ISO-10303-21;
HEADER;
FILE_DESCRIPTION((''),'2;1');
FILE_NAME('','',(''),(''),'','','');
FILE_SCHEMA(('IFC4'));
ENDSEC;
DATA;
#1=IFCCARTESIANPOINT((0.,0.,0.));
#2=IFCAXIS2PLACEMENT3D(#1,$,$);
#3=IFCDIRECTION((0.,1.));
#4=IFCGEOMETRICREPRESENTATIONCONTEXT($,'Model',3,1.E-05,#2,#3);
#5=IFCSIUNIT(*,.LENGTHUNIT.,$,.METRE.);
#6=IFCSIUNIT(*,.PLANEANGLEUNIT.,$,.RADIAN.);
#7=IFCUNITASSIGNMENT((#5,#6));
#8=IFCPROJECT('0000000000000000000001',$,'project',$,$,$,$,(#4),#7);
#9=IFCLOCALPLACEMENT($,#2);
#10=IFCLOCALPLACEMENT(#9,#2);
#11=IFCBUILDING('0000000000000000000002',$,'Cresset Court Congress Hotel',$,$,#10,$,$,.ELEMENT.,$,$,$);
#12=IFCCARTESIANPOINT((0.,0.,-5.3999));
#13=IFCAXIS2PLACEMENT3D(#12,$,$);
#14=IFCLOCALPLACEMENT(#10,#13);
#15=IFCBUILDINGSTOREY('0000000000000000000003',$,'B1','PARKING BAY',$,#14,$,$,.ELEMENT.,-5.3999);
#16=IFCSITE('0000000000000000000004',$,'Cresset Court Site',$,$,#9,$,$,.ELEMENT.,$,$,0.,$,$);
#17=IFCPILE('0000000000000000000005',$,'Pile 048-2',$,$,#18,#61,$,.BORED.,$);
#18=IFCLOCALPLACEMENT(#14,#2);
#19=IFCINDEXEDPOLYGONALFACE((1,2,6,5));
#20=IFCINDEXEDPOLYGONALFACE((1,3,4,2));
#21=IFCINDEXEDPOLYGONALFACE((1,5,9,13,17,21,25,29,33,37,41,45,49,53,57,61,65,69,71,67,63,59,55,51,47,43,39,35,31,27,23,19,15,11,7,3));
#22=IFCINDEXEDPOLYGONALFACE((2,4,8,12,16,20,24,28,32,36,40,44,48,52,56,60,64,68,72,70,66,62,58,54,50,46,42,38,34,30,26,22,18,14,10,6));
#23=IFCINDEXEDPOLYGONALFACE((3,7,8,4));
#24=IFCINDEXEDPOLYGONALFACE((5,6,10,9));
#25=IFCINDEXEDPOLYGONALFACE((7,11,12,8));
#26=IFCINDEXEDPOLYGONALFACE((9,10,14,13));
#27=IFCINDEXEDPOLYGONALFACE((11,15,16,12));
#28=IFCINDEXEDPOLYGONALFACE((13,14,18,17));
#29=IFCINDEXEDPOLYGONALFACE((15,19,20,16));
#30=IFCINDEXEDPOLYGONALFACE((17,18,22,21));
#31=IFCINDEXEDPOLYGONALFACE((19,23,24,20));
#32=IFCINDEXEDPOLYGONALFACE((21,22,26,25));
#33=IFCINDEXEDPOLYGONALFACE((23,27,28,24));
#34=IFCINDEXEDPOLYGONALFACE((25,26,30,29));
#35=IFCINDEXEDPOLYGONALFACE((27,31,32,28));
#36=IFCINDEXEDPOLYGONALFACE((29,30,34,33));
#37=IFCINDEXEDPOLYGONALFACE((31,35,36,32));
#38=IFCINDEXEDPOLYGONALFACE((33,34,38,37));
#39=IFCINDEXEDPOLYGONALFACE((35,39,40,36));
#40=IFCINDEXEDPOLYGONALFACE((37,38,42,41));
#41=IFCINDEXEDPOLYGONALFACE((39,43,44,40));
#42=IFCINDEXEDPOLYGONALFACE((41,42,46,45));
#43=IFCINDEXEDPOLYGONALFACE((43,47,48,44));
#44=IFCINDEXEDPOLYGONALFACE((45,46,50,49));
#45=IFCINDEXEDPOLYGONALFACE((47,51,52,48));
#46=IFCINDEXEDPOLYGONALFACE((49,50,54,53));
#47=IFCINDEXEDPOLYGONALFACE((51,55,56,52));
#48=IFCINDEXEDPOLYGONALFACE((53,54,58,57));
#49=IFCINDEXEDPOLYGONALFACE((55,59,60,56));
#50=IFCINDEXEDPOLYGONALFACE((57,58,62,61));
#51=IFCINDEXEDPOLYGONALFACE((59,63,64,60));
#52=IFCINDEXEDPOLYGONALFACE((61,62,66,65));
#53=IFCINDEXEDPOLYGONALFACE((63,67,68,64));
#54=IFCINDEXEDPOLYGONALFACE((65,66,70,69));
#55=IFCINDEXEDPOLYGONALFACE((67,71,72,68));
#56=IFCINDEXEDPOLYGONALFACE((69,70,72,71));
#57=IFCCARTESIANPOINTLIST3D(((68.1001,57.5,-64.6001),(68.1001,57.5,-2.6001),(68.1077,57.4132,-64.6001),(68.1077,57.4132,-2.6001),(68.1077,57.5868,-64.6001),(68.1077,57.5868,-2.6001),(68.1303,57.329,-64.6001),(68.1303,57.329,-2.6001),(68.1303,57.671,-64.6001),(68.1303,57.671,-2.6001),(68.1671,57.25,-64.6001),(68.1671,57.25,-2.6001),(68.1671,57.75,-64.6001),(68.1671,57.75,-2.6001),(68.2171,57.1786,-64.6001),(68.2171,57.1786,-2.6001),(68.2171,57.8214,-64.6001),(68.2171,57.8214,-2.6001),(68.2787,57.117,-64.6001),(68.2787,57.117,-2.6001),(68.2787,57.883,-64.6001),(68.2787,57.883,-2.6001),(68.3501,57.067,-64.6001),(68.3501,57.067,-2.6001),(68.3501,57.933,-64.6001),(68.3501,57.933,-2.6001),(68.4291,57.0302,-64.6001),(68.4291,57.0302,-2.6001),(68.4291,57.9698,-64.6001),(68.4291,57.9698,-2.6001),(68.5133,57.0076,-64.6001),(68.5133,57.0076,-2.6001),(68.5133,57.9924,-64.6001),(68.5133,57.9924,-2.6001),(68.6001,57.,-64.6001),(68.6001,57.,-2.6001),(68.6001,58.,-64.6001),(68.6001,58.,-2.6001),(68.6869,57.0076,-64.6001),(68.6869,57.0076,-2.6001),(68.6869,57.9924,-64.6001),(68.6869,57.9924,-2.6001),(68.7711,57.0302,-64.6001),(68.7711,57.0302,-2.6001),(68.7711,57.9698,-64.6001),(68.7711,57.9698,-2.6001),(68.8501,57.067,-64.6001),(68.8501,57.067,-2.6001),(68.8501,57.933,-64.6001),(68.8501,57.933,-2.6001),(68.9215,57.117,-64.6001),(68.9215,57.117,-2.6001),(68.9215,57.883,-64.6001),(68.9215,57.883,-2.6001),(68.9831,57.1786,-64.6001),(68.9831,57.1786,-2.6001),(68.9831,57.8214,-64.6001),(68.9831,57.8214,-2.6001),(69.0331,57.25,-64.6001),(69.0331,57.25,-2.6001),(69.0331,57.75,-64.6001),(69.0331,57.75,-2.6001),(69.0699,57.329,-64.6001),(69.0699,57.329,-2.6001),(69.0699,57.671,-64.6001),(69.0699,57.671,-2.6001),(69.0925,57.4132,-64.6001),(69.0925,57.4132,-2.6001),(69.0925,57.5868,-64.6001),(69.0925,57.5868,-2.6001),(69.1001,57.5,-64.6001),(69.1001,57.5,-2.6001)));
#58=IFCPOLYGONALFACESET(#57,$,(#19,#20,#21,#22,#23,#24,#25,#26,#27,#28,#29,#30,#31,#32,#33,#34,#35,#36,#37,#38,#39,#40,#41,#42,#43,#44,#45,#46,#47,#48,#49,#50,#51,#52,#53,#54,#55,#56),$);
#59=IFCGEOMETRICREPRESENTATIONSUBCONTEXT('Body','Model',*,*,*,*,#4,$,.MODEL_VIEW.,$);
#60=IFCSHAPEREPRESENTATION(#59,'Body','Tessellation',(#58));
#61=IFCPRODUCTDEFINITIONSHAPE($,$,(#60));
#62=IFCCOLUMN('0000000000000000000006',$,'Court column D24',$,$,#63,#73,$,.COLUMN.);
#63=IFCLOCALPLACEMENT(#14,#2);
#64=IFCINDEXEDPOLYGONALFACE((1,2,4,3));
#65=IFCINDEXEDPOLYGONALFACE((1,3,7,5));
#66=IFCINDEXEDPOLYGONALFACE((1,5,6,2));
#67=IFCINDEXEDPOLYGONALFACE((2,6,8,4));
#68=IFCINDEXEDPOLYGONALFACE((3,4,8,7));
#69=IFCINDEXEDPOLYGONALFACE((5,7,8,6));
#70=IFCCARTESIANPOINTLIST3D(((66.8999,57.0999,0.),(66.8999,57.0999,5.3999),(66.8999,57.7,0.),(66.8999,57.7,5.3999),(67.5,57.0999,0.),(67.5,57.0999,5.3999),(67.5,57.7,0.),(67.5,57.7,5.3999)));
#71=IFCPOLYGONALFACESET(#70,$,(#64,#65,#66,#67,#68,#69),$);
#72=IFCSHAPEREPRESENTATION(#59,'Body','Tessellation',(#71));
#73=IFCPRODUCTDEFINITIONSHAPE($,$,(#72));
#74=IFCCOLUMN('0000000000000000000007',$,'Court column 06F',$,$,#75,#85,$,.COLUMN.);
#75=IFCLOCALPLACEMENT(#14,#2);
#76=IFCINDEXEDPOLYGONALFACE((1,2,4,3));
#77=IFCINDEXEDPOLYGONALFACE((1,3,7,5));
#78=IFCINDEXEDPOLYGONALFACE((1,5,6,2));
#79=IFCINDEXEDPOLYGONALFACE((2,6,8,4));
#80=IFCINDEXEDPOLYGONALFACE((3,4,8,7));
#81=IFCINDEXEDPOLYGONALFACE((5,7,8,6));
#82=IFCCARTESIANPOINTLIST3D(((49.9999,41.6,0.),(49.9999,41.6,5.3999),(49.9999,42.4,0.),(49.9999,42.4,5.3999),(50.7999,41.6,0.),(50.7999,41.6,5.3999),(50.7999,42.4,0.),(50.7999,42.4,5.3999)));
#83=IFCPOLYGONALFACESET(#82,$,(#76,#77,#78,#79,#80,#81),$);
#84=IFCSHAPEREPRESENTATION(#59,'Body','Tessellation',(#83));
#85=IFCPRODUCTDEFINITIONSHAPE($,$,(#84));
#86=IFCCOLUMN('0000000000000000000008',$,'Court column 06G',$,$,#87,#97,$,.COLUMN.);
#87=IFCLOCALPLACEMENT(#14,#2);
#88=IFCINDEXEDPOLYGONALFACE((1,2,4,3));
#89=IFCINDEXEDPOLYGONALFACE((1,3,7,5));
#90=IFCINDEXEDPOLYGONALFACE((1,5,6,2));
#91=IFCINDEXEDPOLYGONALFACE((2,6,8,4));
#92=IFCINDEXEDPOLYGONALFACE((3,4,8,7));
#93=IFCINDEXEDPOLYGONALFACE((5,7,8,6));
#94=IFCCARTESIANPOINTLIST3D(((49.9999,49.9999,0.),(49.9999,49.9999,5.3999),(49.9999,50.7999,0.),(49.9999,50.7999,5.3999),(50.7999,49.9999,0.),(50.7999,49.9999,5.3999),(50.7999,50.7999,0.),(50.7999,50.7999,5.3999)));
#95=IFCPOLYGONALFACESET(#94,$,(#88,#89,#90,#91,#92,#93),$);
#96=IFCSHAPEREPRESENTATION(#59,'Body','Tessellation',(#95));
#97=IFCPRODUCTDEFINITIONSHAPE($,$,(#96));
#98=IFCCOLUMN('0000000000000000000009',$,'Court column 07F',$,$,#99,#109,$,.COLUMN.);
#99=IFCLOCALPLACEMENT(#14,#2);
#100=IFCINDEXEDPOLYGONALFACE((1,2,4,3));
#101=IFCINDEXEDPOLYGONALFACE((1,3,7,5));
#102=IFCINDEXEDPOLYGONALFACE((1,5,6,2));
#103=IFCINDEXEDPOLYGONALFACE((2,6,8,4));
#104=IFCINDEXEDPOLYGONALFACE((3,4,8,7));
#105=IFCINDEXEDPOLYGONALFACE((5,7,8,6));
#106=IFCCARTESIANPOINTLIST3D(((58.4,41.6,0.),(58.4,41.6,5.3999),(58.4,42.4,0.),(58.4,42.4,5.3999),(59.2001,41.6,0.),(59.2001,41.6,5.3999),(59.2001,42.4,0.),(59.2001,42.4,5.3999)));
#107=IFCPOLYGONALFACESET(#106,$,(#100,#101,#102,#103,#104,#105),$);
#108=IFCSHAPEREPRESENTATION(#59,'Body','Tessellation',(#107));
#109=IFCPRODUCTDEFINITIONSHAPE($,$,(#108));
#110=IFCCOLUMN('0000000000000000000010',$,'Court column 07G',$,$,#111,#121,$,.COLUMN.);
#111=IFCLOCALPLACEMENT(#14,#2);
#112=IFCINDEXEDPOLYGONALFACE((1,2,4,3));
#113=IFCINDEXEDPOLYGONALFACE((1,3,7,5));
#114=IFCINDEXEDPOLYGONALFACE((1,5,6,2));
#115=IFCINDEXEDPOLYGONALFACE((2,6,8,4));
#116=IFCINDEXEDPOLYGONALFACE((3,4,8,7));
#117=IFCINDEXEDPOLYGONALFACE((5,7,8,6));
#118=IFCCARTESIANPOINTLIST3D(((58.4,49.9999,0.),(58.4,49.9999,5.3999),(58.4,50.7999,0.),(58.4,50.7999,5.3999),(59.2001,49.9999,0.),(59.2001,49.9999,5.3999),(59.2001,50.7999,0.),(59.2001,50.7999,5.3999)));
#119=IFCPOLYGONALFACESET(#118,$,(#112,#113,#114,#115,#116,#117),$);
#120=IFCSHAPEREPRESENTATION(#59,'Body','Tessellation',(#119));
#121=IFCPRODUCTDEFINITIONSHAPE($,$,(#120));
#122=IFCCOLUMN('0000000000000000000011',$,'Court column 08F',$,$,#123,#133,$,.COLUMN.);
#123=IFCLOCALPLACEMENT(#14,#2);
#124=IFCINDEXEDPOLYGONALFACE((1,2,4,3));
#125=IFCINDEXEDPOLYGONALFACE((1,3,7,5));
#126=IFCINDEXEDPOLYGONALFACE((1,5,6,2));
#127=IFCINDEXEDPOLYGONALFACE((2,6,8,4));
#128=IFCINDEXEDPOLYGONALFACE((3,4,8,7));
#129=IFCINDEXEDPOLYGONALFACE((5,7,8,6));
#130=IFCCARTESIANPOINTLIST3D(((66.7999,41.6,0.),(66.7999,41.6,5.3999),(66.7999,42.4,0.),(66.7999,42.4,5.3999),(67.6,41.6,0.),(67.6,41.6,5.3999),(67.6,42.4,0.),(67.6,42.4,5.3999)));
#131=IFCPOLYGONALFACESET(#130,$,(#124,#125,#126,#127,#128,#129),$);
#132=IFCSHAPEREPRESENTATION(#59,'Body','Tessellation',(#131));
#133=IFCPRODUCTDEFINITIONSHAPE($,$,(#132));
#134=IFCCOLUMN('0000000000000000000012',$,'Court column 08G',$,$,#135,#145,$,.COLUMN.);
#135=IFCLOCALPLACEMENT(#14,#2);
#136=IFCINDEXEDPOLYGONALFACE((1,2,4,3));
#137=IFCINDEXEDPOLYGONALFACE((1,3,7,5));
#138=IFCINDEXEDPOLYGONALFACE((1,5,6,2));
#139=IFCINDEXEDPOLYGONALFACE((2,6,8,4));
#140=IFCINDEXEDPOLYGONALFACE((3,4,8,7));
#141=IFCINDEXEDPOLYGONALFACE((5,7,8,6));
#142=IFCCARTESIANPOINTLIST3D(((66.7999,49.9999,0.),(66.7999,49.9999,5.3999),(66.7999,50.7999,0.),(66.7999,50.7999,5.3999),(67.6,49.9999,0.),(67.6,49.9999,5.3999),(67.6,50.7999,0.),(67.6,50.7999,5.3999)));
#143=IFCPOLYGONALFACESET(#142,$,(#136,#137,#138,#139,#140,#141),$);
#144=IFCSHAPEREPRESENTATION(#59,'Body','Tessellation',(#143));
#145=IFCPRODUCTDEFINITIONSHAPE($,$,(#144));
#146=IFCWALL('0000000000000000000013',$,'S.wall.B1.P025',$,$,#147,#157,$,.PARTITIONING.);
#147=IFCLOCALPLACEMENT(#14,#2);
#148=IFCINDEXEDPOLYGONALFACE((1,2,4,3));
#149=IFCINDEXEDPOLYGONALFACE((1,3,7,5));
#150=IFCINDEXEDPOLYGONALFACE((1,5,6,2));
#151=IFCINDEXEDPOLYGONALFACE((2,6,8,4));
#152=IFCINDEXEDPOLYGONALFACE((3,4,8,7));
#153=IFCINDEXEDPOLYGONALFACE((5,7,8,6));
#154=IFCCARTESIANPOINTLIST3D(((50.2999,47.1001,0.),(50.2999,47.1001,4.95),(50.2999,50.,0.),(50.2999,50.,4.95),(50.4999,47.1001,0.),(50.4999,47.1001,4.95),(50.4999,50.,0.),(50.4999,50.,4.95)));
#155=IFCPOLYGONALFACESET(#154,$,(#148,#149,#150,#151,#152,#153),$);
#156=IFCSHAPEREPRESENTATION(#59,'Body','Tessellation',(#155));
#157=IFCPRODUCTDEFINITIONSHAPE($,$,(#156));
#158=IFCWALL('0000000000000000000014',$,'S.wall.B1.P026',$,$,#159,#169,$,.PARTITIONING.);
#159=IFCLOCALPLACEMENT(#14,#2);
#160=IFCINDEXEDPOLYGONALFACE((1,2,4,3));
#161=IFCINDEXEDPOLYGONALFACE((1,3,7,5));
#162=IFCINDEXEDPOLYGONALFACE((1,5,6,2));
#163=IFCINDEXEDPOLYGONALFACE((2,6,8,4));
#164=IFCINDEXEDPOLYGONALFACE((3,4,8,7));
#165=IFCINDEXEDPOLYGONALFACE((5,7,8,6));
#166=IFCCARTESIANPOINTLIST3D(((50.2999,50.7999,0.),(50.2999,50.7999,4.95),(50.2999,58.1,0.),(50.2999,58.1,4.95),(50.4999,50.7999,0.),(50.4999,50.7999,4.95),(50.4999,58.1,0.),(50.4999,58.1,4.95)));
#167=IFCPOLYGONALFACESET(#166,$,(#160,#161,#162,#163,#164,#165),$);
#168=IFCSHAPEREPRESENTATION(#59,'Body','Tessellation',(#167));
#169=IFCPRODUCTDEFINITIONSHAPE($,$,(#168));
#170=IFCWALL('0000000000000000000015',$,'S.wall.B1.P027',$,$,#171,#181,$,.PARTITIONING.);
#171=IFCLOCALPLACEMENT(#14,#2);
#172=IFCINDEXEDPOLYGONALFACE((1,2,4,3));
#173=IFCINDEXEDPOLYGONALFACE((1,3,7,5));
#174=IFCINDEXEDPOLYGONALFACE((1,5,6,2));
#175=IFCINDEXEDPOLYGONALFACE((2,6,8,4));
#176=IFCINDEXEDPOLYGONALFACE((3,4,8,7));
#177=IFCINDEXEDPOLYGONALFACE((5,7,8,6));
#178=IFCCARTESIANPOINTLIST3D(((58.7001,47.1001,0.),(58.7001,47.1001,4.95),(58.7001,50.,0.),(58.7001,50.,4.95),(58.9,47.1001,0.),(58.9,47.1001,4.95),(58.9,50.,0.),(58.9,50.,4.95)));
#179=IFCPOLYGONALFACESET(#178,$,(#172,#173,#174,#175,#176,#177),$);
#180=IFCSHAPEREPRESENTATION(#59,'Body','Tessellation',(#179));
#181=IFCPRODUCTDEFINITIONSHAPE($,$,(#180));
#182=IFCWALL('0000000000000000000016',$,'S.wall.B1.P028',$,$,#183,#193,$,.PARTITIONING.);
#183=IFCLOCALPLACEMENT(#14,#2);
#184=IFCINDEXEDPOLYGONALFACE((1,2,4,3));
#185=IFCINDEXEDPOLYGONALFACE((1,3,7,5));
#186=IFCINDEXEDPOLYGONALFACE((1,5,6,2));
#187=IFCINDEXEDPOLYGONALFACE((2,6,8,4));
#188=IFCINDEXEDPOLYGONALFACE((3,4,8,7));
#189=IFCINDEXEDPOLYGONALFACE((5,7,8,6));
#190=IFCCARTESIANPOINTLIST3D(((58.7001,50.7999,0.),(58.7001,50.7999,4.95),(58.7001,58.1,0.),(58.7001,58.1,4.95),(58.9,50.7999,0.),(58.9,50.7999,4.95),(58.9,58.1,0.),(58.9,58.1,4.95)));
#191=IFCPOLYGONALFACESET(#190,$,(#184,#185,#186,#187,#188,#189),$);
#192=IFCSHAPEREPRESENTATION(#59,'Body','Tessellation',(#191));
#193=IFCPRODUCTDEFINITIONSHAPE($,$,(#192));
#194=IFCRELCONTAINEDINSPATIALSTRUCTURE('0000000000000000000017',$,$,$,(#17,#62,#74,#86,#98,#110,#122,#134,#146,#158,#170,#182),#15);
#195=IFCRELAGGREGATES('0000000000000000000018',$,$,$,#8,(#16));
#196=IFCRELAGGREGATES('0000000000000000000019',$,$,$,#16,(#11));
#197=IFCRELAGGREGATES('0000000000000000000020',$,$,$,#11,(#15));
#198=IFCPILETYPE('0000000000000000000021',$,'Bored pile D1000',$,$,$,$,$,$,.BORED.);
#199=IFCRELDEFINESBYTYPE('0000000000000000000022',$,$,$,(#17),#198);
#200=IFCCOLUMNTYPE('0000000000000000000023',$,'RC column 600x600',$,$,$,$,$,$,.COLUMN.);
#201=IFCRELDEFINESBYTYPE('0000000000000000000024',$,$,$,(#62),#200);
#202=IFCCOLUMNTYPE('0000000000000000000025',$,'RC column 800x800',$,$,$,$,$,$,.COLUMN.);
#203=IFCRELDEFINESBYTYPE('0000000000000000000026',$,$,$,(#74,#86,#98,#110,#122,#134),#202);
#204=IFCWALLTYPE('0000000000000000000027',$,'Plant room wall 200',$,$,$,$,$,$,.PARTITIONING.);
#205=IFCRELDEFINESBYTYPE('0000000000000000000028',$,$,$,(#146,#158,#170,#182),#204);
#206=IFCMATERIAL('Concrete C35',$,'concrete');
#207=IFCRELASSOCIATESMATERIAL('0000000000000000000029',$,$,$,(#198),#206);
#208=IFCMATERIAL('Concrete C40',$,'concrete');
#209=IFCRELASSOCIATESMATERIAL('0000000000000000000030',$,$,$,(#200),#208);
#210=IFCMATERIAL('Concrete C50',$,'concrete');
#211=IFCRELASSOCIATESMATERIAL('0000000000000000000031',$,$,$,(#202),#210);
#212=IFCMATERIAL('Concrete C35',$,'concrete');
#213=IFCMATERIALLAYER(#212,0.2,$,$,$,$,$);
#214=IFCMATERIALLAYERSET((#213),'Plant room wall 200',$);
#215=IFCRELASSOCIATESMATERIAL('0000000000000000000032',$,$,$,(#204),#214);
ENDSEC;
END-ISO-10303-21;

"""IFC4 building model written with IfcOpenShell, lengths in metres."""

from ifc_helpers import new_model, si_unit, direction, frame, frame_2d, origin, origin_2d, place, context, subcontext, project, spatial, rectangle, circle, extrude, material, layer, layer_set, material_profile, profile_set, type_object, element, save


model = new_model("IFC4")

# Units and contexts
model_context = context("Model", 3, precision=1e-05, world=origin(), true_north=direction((0.0, 1.0)))
body_context = subcontext(model_context, "Body", "Model", "MODEL_VIEW")
ifc_project = project(units=[si_unit("LENGTHUNIT", "METRE"), si_unit("PLANEANGLEUNIT", "RADIAN")], contexts=[model_context])

# Site, building, storey
site_placement = place(None, origin())
site = spatial("IfcSite", under=ifc_project, at=site_placement, Name="Cresset Court Site", CompositionType="ELEMENT", RefElevation=0.0)
building_placement = place(site_placement, origin())
building = spatial("IfcBuilding", under=site, at=building_placement, Name="Cresset Court Congress Hotel", CompositionType="ELEMENT")
storey_placement = place(building_placement, frame((0.0, 0.0, -5.3999)))
storey = spatial("IfcBuildingStorey", under=building, at=storey_placement, Name="B1", Description="PARKING BAY", CompositionType="ELEMENT", Elevation=-5.3999)

# Pile
ifc_material_1 = material(Name="Concrete C35", Category="concrete")
pile_type = type_object("IfcPileType", Name="Bored pile D1000", PredefinedType="BORED", material=ifc_material_1)
for number, where, z_axis, x_axis, name in (
    (1, (68.6001, 57.5, -2.6001), (0.0, 0.0, -1.0), (1.0, 0.0, 0.0), "Pile 048-2"),
):
    element("IfcPile", number, at=place(storey_placement, frame(where, z_axis=z_axis, x_axis=x_axis)), inside=storey, type_object=pile_type, Name=name, PredefinedType="BORED", context=body_context, shape_type="SweptSolid", body=[
        extrude(circle(Radius=0.5, at=origin_2d()), origin(), (0.0, 0.0, 1.0), 62.0),
    ])

# Columns
ifc_material_2 = material(Name="Concrete C40", Category="concrete")
ifc_material_profile_1 = material_profile(ifc_material_2, rectangle(XDim=0.6001, YDim=0.6001, at=origin_2d()), Name="RC600x600")
ifc_profile_set_1 = profile_set([ifc_material_profile_1], Name="Concrete C40")
column_type_1 = type_object("IfcColumnType", Name="RC column 600x600", PredefinedType="COLUMN", material=ifc_profile_set_1)
column_placement = place(storey_placement, frame((67.2, 57.3999, 0.0), z_axis=(0.0, 0.0, 1.0), x_axis=(1.0, 0.0, 0.0)))
element("IfcColumn", 2, at=column_placement, inside=storey, type_object=column_type_1, Name="Court column D24", PredefinedType="COLUMN", context=body_context, shape_type="SweptSolid", body=[
    extrude(rectangle(XDim=0.6001, YDim=0.6001, at=origin_2d()), origin(), (0.0, 0.0, 1.0), 5.3999),
])
ifc_material_3 = material(Name="Concrete C50", Category="concrete")
ifc_material_profile_2 = material_profile(ifc_material_3, rectangle(XDim=0.8, YDim=0.8, at=origin_2d()), Name="RC800x800")
ifc_profile_set_2 = profile_set([ifc_material_profile_2], Name="Concrete C50")
column_type_2 = type_object("IfcColumnType", Name="RC column 800x800", PredefinedType="COLUMN", material=ifc_profile_set_2)
for number, where, z_axis, x_axis, name in (
    (3, (50.3999, 42.0, 0.0), (0.0, 0.0, 1.0), (1.0, 0.0, 0.0), "Court column 06F"),
    (4, (50.3999, 50.3999, 0.0), (0.0, 0.0, 1.0), (1.0, 0.0, 0.0), "Court column 06G"),
    (5, (58.8, 42.0, 0.0), (0.0, 0.0, 1.0), (1.0, 0.0, 0.0), "Court column 07F"),
    (6, (58.8, 50.3999, 0.0), (0.0, 0.0, 1.0), (1.0, 0.0, 0.0), "Court column 07G"),
    (7, (67.2, 42.0, 0.0), (0.0, 0.0, 1.0), (1.0, 0.0, 0.0), "Court column 08F"),
    (8, (67.2, 50.3999, 0.0), (0.0, 0.0, 1.0), (1.0, 0.0, 0.0), "Court column 08G"),
):
    element("IfcColumn", number, at=place(storey_placement, frame(where, z_axis=z_axis, x_axis=x_axis)), inside=storey, type_object=column_type_2, Name=name, PredefinedType="COLUMN", context=body_context, shape_type="SweptSolid", body=[
        extrude(rectangle(XDim=0.8, YDim=0.8, at=origin_2d()), origin(), (0.0, 0.0, 1.0), 5.3999),
    ])

# Walls
ifc_material_4 = material(Name="Concrete C35", Category="concrete")
ifc_layer = layer(ifc_material_4, 0.2)
ifc_layer_set = layer_set([ifc_layer], Name="Plant room wall 200")
wall_type = type_object("IfcWallType", Name="Plant room wall 200", PredefinedType="PARTITIONING", material=ifc_layer_set)
wall_1_placement = place(storey_placement, frame((50.3999, 47.1001, 0.0), z_axis=(0.0, 0.0, 1.0), x_axis=(0.0, 1.0, 0.0)))
element("IfcWall", 9, at=wall_1_placement, inside=storey, type_object=wall_type, Name="S.wall.B1.P025", PredefinedType="PARTITIONING", context=body_context, shape_type="SweptSolid", body=[
    extrude(rectangle(XDim=2.8999, YDim=0.2, at=frame_2d((1.45, 0.0))), origin(), (0.0, 0.0, 1.0), 4.95),
])
wall_2_placement = place(storey_placement, frame((50.3999, 50.8, 0.0), z_axis=(0.0, 0.0, 1.0), x_axis=(0.0, 1.0, 0.0)))
element("IfcWall", 10, at=wall_2_placement, inside=storey, type_object=wall_type, Name="S.wall.B1.P026", PredefinedType="PARTITIONING", context=body_context, shape_type="SweptSolid", body=[
    extrude(rectangle(XDim=7.3, YDim=0.2, at=frame_2d((3.6499, 0.0))), origin(), (0.0, 0.0, 1.0), 4.95),
])
wall_3_placement = place(storey_placement, frame((58.8, 47.1001, 0.0), z_axis=(0.0, 0.0, 1.0), x_axis=(0.0, 1.0, 0.0)))
element("IfcWall", 11, at=wall_3_placement, inside=storey, type_object=wall_type, Name="S.wall.B1.P027", PredefinedType="PARTITIONING", context=body_context, shape_type="SweptSolid", body=[
    extrude(rectangle(XDim=2.8999, YDim=0.2, at=frame_2d((1.45, 0.0))), origin(), (0.0, 0.0, 1.0), 4.95),
])
wall_4_placement = place(storey_placement, frame((58.8, 50.8, 0.0), z_axis=(0.0, 0.0, 1.0), x_axis=(0.0, 1.0, 0.0)))
element("IfcWall", 12, at=wall_4_placement, inside=storey, type_object=wall_type, Name="S.wall.B1.P028", PredefinedType="PARTITIONING", context=body_context, shape_type="SweptSolid", body=[
    extrude(rectangle(XDim=7.3, YDim=0.2, at=frame_2d((3.6499, 0.0))), origin(), (0.0, 0.0, 1.0), 4.95),
])

save(model, "model.ifc")
